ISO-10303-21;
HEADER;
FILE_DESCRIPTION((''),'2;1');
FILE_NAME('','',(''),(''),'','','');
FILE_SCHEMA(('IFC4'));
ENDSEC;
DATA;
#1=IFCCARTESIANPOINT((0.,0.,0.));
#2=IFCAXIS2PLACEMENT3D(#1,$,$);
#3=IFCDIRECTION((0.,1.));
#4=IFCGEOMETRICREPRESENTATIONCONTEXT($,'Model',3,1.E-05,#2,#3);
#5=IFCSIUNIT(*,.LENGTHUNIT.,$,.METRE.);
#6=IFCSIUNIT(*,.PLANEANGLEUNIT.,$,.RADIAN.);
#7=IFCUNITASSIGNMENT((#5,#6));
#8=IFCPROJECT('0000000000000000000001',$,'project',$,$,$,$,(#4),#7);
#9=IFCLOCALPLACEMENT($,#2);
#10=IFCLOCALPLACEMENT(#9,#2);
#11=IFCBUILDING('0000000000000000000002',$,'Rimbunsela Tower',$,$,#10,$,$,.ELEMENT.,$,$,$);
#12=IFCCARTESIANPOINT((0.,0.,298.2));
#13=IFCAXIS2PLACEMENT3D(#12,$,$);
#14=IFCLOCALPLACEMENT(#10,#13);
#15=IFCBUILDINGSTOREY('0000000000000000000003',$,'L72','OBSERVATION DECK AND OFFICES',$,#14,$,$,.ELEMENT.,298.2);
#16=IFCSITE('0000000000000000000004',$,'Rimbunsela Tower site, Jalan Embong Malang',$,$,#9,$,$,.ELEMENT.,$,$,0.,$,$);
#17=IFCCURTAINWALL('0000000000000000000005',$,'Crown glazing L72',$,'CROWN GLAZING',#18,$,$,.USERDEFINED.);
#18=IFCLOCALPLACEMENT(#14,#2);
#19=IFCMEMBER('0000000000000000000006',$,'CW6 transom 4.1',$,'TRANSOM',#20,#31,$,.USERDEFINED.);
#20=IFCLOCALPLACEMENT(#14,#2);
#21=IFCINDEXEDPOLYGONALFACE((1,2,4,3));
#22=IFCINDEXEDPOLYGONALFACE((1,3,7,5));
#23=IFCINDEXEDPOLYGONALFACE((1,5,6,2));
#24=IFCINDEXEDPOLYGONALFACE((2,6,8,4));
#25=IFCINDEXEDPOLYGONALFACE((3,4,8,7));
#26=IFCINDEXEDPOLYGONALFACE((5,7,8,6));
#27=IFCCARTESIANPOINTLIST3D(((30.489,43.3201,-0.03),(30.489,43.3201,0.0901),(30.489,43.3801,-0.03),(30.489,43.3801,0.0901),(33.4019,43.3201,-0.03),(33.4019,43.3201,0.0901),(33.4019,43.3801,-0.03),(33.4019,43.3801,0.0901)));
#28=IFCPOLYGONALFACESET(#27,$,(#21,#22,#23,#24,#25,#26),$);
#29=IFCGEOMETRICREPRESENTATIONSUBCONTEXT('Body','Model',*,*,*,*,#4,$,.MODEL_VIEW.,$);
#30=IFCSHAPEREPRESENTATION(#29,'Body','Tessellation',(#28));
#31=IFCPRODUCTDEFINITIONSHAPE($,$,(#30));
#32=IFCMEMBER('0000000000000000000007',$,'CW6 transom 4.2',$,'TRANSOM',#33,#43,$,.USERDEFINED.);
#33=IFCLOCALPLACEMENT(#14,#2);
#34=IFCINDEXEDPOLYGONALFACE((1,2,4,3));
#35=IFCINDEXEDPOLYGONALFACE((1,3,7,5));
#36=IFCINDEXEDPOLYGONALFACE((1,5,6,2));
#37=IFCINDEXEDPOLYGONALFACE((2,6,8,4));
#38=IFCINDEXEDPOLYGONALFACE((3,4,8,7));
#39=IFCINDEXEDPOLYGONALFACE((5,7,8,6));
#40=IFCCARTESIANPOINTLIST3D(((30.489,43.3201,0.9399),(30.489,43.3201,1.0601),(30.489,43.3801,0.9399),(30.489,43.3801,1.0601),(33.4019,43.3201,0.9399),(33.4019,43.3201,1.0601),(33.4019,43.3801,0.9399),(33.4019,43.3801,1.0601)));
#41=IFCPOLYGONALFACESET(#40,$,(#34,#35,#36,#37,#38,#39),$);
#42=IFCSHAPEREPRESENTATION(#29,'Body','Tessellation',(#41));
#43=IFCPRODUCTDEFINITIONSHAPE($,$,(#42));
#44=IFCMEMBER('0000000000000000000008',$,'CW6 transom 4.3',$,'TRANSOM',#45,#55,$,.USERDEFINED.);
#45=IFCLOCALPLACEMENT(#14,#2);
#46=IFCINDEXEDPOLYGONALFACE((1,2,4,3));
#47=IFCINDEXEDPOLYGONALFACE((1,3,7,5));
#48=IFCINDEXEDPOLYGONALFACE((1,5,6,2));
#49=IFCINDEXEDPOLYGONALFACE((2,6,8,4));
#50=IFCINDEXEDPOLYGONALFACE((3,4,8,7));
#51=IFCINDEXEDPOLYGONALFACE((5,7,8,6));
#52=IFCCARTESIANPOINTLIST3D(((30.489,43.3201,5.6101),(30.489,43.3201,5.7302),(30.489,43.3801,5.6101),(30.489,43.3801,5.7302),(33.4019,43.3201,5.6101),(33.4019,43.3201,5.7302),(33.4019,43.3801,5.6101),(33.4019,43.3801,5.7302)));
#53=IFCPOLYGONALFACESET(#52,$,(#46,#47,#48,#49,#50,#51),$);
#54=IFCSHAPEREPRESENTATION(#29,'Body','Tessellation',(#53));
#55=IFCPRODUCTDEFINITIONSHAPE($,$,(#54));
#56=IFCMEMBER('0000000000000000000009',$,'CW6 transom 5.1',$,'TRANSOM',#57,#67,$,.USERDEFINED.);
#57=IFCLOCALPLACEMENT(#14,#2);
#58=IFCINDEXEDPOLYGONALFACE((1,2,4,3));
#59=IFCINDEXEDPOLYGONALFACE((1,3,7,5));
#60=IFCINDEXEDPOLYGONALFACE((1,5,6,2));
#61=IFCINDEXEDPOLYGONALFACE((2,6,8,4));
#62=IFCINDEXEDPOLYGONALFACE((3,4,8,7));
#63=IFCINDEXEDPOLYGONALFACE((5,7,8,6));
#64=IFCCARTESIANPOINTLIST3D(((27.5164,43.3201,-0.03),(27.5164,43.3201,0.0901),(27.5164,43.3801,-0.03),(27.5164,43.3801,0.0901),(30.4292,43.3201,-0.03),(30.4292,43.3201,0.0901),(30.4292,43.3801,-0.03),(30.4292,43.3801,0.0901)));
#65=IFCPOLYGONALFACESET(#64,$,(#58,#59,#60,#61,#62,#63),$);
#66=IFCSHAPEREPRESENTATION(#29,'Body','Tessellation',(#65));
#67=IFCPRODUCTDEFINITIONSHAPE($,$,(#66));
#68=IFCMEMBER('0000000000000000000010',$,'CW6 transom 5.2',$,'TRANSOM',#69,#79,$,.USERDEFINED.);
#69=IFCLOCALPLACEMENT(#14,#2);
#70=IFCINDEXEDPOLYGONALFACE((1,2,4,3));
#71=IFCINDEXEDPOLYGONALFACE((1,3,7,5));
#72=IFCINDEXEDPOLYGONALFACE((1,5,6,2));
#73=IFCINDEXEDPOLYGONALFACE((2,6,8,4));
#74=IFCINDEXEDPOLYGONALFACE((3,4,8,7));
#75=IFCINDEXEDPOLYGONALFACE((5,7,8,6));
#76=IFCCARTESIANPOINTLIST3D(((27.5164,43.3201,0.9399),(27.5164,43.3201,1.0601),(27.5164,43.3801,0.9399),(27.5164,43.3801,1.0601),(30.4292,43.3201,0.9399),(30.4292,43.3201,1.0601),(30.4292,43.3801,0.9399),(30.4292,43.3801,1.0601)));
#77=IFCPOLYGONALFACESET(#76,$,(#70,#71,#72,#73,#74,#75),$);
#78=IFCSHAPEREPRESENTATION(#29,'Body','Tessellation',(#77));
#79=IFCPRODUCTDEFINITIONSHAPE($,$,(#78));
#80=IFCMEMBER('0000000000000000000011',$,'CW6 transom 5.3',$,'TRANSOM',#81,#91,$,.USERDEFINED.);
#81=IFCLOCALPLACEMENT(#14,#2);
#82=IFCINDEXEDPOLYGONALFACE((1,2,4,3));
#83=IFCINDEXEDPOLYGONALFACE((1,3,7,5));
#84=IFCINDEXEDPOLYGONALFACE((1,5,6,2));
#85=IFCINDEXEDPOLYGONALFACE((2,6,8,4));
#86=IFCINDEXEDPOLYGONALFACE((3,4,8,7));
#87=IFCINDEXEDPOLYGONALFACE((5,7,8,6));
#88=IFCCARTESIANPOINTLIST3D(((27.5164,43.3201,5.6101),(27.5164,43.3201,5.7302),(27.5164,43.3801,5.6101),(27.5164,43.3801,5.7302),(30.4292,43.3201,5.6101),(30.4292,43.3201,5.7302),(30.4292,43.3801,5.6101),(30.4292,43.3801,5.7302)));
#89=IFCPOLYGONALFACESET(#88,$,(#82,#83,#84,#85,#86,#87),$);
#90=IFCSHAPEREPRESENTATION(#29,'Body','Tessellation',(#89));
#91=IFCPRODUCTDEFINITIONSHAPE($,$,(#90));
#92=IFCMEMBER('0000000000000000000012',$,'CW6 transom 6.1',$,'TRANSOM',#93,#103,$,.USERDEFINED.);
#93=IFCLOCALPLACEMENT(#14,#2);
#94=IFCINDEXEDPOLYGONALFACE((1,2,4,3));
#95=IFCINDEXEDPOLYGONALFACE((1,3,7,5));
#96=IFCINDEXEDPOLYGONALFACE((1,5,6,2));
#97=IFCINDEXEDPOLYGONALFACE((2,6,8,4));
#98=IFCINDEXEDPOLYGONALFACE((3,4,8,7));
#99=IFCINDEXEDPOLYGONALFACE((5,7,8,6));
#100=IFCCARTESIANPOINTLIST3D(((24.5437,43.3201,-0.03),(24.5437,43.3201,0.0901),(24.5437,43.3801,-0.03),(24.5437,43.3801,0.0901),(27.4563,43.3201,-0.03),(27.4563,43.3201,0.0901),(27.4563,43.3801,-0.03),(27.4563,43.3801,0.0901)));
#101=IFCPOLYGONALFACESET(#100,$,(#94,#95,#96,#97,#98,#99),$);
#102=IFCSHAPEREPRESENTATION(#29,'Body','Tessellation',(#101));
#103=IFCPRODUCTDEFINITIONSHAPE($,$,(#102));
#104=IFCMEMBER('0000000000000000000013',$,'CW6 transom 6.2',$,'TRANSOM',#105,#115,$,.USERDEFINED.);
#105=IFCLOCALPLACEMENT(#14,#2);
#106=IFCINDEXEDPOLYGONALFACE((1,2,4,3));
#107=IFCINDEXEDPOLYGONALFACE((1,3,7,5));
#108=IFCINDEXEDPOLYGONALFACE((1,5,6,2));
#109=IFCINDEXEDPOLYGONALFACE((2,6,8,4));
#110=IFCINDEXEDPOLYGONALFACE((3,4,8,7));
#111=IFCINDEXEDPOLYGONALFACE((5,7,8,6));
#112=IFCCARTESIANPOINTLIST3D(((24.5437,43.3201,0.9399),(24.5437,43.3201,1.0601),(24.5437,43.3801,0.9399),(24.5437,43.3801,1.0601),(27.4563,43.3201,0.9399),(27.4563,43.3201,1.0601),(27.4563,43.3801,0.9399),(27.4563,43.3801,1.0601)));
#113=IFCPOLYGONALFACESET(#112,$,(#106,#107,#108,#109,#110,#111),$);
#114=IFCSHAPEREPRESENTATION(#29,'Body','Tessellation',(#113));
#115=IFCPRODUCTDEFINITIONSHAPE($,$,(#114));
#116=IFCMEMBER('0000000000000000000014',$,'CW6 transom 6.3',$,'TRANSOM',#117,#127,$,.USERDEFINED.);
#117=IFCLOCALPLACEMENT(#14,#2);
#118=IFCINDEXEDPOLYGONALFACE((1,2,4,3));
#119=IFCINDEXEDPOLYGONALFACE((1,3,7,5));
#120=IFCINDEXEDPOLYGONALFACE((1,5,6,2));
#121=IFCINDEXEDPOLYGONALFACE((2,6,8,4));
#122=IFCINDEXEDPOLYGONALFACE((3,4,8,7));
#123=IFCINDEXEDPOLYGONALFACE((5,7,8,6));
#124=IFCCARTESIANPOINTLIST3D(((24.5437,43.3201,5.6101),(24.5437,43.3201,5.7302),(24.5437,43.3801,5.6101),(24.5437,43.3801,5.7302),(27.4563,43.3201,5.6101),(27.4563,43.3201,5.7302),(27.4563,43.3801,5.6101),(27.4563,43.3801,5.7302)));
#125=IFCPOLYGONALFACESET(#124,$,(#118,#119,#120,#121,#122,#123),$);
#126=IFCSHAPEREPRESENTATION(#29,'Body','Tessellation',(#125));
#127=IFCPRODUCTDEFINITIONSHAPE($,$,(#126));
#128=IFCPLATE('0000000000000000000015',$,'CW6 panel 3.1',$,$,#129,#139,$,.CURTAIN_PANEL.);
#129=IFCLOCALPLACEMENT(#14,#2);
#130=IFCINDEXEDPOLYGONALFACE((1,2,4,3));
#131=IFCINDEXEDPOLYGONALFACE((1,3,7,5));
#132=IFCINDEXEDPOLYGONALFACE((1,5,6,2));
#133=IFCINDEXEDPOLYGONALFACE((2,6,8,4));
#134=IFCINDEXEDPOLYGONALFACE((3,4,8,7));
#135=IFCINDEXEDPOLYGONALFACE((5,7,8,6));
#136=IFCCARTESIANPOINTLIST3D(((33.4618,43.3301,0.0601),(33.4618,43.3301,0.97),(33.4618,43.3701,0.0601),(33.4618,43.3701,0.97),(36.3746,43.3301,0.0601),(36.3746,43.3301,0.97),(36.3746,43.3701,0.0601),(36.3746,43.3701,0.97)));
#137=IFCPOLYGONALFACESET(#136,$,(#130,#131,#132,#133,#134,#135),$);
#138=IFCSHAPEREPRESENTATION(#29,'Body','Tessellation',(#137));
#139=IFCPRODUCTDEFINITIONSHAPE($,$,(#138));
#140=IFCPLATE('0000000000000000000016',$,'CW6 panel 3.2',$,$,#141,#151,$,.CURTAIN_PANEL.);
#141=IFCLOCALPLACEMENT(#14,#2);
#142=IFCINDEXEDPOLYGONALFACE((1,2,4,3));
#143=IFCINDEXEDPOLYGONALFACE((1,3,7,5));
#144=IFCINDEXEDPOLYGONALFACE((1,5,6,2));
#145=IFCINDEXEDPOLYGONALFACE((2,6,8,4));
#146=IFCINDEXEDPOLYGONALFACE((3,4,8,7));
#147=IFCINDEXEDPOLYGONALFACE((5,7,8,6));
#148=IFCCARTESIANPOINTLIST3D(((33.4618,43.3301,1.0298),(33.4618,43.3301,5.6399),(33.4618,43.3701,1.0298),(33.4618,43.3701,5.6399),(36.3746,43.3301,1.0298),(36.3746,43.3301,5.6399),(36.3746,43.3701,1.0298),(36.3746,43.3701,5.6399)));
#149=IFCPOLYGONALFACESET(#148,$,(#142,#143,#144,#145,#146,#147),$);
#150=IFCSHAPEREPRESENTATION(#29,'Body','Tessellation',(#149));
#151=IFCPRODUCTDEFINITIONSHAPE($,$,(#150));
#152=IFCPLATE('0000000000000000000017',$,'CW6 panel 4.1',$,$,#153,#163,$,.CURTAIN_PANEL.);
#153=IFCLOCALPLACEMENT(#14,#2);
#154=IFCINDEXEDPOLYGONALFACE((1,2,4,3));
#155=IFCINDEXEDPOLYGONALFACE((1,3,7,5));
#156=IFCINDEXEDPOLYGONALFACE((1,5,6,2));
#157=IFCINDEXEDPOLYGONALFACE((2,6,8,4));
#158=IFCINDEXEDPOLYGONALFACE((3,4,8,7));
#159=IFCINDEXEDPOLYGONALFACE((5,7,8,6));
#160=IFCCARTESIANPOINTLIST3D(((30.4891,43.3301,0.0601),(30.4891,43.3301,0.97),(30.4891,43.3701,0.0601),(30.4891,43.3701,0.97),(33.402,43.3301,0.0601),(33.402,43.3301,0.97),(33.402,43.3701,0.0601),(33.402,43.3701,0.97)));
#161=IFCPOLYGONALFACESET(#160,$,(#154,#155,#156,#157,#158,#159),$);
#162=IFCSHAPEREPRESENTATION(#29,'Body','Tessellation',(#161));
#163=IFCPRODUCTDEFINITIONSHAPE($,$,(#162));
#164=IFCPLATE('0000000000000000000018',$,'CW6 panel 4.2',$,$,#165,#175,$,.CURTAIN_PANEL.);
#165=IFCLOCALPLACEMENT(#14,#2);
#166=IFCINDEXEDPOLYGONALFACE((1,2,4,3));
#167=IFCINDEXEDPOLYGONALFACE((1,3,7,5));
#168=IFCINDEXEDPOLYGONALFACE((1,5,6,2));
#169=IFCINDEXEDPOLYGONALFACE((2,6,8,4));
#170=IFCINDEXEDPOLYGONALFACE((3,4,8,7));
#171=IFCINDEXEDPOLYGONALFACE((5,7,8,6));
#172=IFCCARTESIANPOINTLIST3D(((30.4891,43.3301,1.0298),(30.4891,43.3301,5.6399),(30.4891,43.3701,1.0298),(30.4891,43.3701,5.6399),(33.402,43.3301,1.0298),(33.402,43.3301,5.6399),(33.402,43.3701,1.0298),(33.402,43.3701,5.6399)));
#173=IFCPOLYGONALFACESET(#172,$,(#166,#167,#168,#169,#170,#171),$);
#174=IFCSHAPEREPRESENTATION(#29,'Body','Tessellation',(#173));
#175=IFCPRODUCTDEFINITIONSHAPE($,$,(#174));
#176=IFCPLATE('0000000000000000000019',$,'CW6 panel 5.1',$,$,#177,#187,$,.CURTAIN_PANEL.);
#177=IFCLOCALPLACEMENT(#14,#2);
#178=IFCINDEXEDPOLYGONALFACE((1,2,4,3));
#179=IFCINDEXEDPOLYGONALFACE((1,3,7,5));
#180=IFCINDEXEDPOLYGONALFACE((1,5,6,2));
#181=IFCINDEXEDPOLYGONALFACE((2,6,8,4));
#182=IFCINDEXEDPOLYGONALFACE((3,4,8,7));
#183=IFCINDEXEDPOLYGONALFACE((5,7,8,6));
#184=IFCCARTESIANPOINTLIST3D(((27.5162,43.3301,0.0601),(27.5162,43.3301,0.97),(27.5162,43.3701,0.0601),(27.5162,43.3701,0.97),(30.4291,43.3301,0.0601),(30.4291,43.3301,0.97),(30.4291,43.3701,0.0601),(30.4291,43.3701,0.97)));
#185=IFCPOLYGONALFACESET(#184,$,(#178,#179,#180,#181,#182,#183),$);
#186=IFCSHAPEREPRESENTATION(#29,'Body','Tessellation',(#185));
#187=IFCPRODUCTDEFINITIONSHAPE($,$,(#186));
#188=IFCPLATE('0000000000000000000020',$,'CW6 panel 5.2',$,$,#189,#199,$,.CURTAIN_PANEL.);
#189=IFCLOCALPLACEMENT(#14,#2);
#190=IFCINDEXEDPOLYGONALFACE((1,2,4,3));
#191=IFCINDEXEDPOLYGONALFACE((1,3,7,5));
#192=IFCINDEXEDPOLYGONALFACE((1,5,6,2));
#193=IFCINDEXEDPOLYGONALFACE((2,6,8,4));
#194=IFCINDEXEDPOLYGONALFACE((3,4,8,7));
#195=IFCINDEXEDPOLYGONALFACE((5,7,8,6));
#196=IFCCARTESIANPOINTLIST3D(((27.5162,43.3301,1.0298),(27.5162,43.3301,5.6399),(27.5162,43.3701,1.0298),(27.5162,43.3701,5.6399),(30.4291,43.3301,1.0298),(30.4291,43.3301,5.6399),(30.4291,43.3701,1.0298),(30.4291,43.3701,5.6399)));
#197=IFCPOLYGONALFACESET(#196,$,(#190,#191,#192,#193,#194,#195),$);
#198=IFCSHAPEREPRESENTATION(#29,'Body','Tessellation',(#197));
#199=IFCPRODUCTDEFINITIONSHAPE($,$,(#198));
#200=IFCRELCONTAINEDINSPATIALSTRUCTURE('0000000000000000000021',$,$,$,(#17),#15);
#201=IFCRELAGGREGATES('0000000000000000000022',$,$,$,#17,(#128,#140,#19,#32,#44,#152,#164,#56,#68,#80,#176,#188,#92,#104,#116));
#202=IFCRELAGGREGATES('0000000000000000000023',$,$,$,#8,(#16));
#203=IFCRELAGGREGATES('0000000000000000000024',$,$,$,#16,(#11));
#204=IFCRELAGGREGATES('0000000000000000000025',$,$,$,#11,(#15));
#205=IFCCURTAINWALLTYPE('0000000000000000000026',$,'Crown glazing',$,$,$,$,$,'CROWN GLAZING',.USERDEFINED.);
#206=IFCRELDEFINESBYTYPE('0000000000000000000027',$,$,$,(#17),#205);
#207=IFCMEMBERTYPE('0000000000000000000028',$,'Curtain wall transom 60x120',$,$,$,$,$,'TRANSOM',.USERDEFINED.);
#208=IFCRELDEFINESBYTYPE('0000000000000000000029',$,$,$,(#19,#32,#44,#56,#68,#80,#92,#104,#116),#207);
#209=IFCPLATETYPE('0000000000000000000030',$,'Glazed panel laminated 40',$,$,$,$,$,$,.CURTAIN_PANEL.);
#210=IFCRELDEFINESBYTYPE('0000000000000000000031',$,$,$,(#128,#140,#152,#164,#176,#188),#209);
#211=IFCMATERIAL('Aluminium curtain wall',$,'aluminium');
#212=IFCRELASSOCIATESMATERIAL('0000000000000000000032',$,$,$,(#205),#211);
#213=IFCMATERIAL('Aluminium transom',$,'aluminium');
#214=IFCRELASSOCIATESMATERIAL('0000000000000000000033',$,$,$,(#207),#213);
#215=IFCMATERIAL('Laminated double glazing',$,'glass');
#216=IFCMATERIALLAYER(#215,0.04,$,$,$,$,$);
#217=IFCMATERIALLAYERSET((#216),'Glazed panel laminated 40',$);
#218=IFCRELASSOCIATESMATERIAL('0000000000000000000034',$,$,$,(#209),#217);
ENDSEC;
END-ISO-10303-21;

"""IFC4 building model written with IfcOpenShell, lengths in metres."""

from ifc_helpers import new_model, si_unit, direction, frame, origin, origin_2d, place, context, subcontext, project, spatial, rectangle, extrude, material, layer, layer_set, material_profile, profile_set, type_object, element, aggregate, save


model = new_model("IFC4")

# Units and contexts
model_context = context("Model", 3, precision=1e-05, world=origin(), true_north=direction((0.0, 1.0)))
body_context = subcontext(model_context, "Body", "Model", "MODEL_VIEW")
ifc_project = project(units=[si_unit("LENGTHUNIT", "METRE"), si_unit("PLANEANGLEUNIT", "RADIAN")], contexts=[model_context])

# Site, building, storey
site_placement = place(None, origin())
site = spatial("IfcSite", under=ifc_project, at=site_placement, Name="Rimbunsela Tower site, Jalan Embong Malang", CompositionType="ELEMENT", RefElevation=0.0)
building_placement = place(site_placement, origin())
building = spatial("IfcBuilding", under=site, at=building_placement, Name="Rimbunsela Tower", CompositionType="ELEMENT")
storey_placement = place(building_placement, frame((0.0, 0.0, 298.2)))
storey = spatial("IfcBuildingStorey", under=building, at=storey_placement, Name="L72", Description="OBSERVATION DECK AND OFFICES", CompositionType="ELEMENT", Elevation=298.2)

# Curtain wall, members, plates
ifc_material_1 = material(Name="Aluminium curtain wall", Category="aluminium")
curtain_wall_type = type_object("IfcCurtainWallType", Name="Crown glazing", ElementType="CROWN GLAZING", PredefinedType="USERDEFINED", material=ifc_material_1)
curtain_wall_placement = place(storey_placement, origin())
curtain_wall = element("IfcCurtainWall", 1, at=curtain_wall_placement, inside=storey, type_object=curtain_wall_type, Name="Crown glazing L72", ObjectType="CROWN GLAZING", PredefinedType="USERDEFINED")
ifc_material_2 = material(Name="Aluminium transom", Category="aluminium")
ifc_material_profile_1 = material_profile(ifc_material_2, rectangle(XDim=0.0601, YDim=0.1201, at=origin_2d()), Name="Transom 60x120")
ifc_profile_set_1 = profile_set([ifc_material_profile_1], Name="Aluminium transom")
member_type_1 = type_object("IfcMemberType", Name="Curtain wall transom 60x120", ElementType="TRANSOM", PredefinedType="USERDEFINED", material=ifc_profile_set_1)
member_1_placement = place(storey_placement, frame((33.4019, 43.3501, 0.03), z_axis=(-1.0, 0.0, 0.0), x_axis=(0.0, -1.0, 0.0)))
member_1 = element("IfcMember", 2, at=member_1_placement, type_object=member_type_1, Name="CW6 transom 4.1", ObjectType="TRANSOM", PredefinedType="USERDEFINED", context=body_context, shape_type="SweptSolid", body=[
    extrude(rectangle(XDim=0.0601, YDim=0.1201, at=origin_2d()), origin(), (0.0, 0.0, 1.0), 2.9128),
])
member_2_placement = place(storey_placement, frame((33.4019, 43.3501, 1.0), z_axis=(-1.0, 0.0, 0.0), x_axis=(0.0, -1.0, 0.0)))
member_2 = element("IfcMember", 3, at=member_2_placement, type_object=member_type_1, Name="CW6 transom 4.2", ObjectType="TRANSOM", PredefinedType="USERDEFINED", context=body_context, shape_type="SweptSolid", body=[
    extrude(rectangle(XDim=0.0601, YDim=0.1201, at=origin_2d()), origin(), (0.0, 0.0, 1.0), 2.9128),
])
member_3_placement = place(storey_placement, frame((33.4019, 43.3501, 5.6702), z_axis=(-1.0, 0.0, 0.0), x_axis=(0.0, -1.0, 0.0)))
member_3 = element("IfcMember", 4, at=member_3_placement, type_object=member_type_1, Name="CW6 transom 4.3", ObjectType="TRANSOM", PredefinedType="USERDEFINED", context=body_context, shape_type="SweptSolid", body=[
    extrude(rectangle(XDim=0.0601, YDim=0.1201, at=origin_2d()), origin(), (0.0, 0.0, 1.0), 2.9128),
])
member_4_placement = place(storey_placement, frame((30.4292, 43.3501, 0.03), z_axis=(-1.0, 0.0, 0.0), x_axis=(0.0, -1.0, 0.0)))
member_4 = element("IfcMember", 5, at=member_4_placement, type_object=member_type_1, Name="CW6 transom 5.1", ObjectType="TRANSOM", PredefinedType="USERDEFINED", context=body_context, shape_type="SweptSolid", body=[
    extrude(rectangle(XDim=0.0601, YDim=0.1201, at=origin_2d()), origin(), (0.0, 0.0, 1.0), 2.9128),
])
member_5_placement = place(storey_placement, frame((30.4292, 43.3501, 1.0), z_axis=(-1.0, 0.0, 0.0), x_axis=(0.0, -1.0, 0.0)))
member_5 = element("IfcMember", 6, at=member_5_placement, type_object=member_type_1, Name="CW6 transom 5.2", ObjectType="TRANSOM", PredefinedType="USERDEFINED", context=body_context, shape_type="SweptSolid", body=[
    extrude(rectangle(XDim=0.0601, YDim=0.1201, at=origin_2d()), origin(), (0.0, 0.0, 1.0), 2.9128),
])
member_6_placement = place(storey_placement, frame((30.4292, 43.3501, 5.6702), z_axis=(-1.0, 0.0, 0.0), x_axis=(0.0, -1.0, 0.0)))
member_6 = element("IfcMember", 7, at=member_6_placement, type_object=member_type_1, Name="CW6 transom 5.3", ObjectType="TRANSOM", PredefinedType="USERDEFINED", context=body_context, shape_type="SweptSolid", body=[
    extrude(rectangle(XDim=0.0601, YDim=0.1201, at=origin_2d()), origin(), (0.0, 0.0, 1.0), 2.9128),
])
member_7_placement = place(storey_placement, frame((27.4563, 43.3501, 0.03), z_axis=(-1.0, 0.0, 0.0), x_axis=(0.0, -1.0, 0.0)))
member_7 = element("IfcMember", 8, at=member_7_placement, type_object=member_type_1, Name="CW6 transom 6.1", ObjectType="TRANSOM", PredefinedType="USERDEFINED", context=body_context, shape_type="SweptSolid", body=[
    extrude(rectangle(XDim=0.0601, YDim=0.1201, at=origin_2d()), origin(), (0.0, 0.0, 1.0), 2.9126),
])
member_8_placement = place(storey_placement, frame((27.4563, 43.3501, 1.0), z_axis=(-1.0, 0.0, 0.0), x_axis=(0.0, -1.0, 0.0)))
member_8 = element("IfcMember", 9, at=member_8_placement, type_object=member_type_1, Name="CW6 transom 6.2", ObjectType="TRANSOM", PredefinedType="USERDEFINED", context=body_context, shape_type="SweptSolid", body=[
    extrude(rectangle(XDim=0.0601, YDim=0.1201, at=origin_2d()), origin(), (0.0, 0.0, 1.0), 2.9126),
])
member_9_placement = place(storey_placement, frame((27.4563, 43.3501, 5.6702), z_axis=(-1.0, 0.0, 0.0), x_axis=(0.0, -1.0, 0.0)))
member_9 = element("IfcMember", 10, at=member_9_placement, type_object=member_type_1, Name="CW6 transom 6.3", ObjectType="TRANSOM", PredefinedType="USERDEFINED", context=body_context, shape_type="SweptSolid", body=[
    extrude(rectangle(XDim=0.0601, YDim=0.1201, at=origin_2d()), origin(), (0.0, 0.0, 1.0), 2.9126),
])
ifc_material_3 = material(Name="Laminated double glazing", Category="glass")
ifc_layer_1 = layer(ifc_material_3, 0.04)
ifc_layer_set_1 = layer_set([ifc_layer_1], Name="Glazed panel laminated 40")
plate_type = type_object("IfcPlateType", Name="Glazed panel laminated 40", PredefinedType="CURTAIN_PANEL", material=ifc_layer_set_1)
plate_1_placement = place(storey_placement, frame((34.9182, 43.3501, 0.0601), z_axis=(0.0, 0.0, 1.0), x_axis=(-1.0, 0.0, 0.0)))
plate_1 = element("IfcPlate", 11, at=plate_1_placement, type_object=plate_type, Name="CW6 panel 3.1", PredefinedType="CURTAIN_PANEL", context=body_context, shape_type="SweptSolid", body=[
    extrude(rectangle(XDim=2.9128, YDim=0.04, at=origin_2d()), origin(), (0.0, 0.0, 1.0), 0.9099),
])
plate_2_placement = place(storey_placement, frame((34.9182, 43.3501, 1.0298), z_axis=(0.0, 0.0, 1.0), x_axis=(-1.0, 0.0, 0.0)))
plate_2 = element("IfcPlate", 12, at=plate_2_placement, type_object=plate_type, Name="CW6 panel 3.2", PredefinedType="CURTAIN_PANEL", context=body_context, shape_type="SweptSolid", body=[
    extrude(rectangle(XDim=2.9128, YDim=0.04, at=origin_2d()), origin(), (0.0, 0.0, 1.0), 4.6101),
])
plate_3_placement = place(storey_placement, frame((31.9456, 43.3501, 0.0601), z_axis=(0.0, 0.0, 1.0), x_axis=(-1.0, 0.0, 0.0)))
plate_3 = element("IfcPlate", 13, at=plate_3_placement, type_object=plate_type, Name="CW6 panel 4.1", PredefinedType="CURTAIN_PANEL", context=body_context, shape_type="SweptSolid", body=[
    extrude(rectangle(XDim=2.9128, YDim=0.04, at=origin_2d()), origin(), (0.0, 0.0, 1.0), 0.9099),
])
plate_4_placement = place(storey_placement, frame((31.9456, 43.3501, 1.0298), z_axis=(0.0, 0.0, 1.0), x_axis=(-1.0, 0.0, 0.0)))
plate_4 = element("IfcPlate", 14, at=plate_4_placement, type_object=plate_type, Name="CW6 panel 4.2", PredefinedType="CURTAIN_PANEL", context=body_context, shape_type="SweptSolid", body=[
    extrude(rectangle(XDim=2.9128, YDim=0.04, at=origin_2d()), origin(), (0.0, 0.0, 1.0), 4.6101),
])
plate_5_placement = place(storey_placement, frame((28.9727, 43.3501, 0.0601), z_axis=(0.0, 0.0, 1.0), x_axis=(-1.0, 0.0, 0.0)))
plate_5 = element("IfcPlate", 15, at=plate_5_placement, type_object=plate_type, Name="CW6 panel 5.1", PredefinedType="CURTAIN_PANEL", context=body_context, shape_type="SweptSolid", body=[
    extrude(rectangle(XDim=2.9128, YDim=0.04, at=origin_2d()), origin(), (0.0, 0.0, 1.0), 0.9099),
])
plate_6_placement = place(storey_placement, frame((28.9727, 43.3501, 1.0298), z_axis=(0.0, 0.0, 1.0), x_axis=(-1.0, 0.0, 0.0)))
plate_6 = element("IfcPlate", 16, at=plate_6_placement, type_object=plate_type, Name="CW6 panel 5.2", PredefinedType="CURTAIN_PANEL", context=body_context, shape_type="SweptSolid", body=[
    extrude(rectangle(XDim=2.9128, YDim=0.04, at=origin_2d()), origin(), (0.0, 0.0, 1.0), 4.6101),
])
aggregate(curtain_wall, [plate_1, plate_2, member_1, member_2, member_3, plate_3, plate_4, member_4, member_5, member_6, plate_5, plate_6, member_7, member_8, member_9])

save(model, "model.ifc")
